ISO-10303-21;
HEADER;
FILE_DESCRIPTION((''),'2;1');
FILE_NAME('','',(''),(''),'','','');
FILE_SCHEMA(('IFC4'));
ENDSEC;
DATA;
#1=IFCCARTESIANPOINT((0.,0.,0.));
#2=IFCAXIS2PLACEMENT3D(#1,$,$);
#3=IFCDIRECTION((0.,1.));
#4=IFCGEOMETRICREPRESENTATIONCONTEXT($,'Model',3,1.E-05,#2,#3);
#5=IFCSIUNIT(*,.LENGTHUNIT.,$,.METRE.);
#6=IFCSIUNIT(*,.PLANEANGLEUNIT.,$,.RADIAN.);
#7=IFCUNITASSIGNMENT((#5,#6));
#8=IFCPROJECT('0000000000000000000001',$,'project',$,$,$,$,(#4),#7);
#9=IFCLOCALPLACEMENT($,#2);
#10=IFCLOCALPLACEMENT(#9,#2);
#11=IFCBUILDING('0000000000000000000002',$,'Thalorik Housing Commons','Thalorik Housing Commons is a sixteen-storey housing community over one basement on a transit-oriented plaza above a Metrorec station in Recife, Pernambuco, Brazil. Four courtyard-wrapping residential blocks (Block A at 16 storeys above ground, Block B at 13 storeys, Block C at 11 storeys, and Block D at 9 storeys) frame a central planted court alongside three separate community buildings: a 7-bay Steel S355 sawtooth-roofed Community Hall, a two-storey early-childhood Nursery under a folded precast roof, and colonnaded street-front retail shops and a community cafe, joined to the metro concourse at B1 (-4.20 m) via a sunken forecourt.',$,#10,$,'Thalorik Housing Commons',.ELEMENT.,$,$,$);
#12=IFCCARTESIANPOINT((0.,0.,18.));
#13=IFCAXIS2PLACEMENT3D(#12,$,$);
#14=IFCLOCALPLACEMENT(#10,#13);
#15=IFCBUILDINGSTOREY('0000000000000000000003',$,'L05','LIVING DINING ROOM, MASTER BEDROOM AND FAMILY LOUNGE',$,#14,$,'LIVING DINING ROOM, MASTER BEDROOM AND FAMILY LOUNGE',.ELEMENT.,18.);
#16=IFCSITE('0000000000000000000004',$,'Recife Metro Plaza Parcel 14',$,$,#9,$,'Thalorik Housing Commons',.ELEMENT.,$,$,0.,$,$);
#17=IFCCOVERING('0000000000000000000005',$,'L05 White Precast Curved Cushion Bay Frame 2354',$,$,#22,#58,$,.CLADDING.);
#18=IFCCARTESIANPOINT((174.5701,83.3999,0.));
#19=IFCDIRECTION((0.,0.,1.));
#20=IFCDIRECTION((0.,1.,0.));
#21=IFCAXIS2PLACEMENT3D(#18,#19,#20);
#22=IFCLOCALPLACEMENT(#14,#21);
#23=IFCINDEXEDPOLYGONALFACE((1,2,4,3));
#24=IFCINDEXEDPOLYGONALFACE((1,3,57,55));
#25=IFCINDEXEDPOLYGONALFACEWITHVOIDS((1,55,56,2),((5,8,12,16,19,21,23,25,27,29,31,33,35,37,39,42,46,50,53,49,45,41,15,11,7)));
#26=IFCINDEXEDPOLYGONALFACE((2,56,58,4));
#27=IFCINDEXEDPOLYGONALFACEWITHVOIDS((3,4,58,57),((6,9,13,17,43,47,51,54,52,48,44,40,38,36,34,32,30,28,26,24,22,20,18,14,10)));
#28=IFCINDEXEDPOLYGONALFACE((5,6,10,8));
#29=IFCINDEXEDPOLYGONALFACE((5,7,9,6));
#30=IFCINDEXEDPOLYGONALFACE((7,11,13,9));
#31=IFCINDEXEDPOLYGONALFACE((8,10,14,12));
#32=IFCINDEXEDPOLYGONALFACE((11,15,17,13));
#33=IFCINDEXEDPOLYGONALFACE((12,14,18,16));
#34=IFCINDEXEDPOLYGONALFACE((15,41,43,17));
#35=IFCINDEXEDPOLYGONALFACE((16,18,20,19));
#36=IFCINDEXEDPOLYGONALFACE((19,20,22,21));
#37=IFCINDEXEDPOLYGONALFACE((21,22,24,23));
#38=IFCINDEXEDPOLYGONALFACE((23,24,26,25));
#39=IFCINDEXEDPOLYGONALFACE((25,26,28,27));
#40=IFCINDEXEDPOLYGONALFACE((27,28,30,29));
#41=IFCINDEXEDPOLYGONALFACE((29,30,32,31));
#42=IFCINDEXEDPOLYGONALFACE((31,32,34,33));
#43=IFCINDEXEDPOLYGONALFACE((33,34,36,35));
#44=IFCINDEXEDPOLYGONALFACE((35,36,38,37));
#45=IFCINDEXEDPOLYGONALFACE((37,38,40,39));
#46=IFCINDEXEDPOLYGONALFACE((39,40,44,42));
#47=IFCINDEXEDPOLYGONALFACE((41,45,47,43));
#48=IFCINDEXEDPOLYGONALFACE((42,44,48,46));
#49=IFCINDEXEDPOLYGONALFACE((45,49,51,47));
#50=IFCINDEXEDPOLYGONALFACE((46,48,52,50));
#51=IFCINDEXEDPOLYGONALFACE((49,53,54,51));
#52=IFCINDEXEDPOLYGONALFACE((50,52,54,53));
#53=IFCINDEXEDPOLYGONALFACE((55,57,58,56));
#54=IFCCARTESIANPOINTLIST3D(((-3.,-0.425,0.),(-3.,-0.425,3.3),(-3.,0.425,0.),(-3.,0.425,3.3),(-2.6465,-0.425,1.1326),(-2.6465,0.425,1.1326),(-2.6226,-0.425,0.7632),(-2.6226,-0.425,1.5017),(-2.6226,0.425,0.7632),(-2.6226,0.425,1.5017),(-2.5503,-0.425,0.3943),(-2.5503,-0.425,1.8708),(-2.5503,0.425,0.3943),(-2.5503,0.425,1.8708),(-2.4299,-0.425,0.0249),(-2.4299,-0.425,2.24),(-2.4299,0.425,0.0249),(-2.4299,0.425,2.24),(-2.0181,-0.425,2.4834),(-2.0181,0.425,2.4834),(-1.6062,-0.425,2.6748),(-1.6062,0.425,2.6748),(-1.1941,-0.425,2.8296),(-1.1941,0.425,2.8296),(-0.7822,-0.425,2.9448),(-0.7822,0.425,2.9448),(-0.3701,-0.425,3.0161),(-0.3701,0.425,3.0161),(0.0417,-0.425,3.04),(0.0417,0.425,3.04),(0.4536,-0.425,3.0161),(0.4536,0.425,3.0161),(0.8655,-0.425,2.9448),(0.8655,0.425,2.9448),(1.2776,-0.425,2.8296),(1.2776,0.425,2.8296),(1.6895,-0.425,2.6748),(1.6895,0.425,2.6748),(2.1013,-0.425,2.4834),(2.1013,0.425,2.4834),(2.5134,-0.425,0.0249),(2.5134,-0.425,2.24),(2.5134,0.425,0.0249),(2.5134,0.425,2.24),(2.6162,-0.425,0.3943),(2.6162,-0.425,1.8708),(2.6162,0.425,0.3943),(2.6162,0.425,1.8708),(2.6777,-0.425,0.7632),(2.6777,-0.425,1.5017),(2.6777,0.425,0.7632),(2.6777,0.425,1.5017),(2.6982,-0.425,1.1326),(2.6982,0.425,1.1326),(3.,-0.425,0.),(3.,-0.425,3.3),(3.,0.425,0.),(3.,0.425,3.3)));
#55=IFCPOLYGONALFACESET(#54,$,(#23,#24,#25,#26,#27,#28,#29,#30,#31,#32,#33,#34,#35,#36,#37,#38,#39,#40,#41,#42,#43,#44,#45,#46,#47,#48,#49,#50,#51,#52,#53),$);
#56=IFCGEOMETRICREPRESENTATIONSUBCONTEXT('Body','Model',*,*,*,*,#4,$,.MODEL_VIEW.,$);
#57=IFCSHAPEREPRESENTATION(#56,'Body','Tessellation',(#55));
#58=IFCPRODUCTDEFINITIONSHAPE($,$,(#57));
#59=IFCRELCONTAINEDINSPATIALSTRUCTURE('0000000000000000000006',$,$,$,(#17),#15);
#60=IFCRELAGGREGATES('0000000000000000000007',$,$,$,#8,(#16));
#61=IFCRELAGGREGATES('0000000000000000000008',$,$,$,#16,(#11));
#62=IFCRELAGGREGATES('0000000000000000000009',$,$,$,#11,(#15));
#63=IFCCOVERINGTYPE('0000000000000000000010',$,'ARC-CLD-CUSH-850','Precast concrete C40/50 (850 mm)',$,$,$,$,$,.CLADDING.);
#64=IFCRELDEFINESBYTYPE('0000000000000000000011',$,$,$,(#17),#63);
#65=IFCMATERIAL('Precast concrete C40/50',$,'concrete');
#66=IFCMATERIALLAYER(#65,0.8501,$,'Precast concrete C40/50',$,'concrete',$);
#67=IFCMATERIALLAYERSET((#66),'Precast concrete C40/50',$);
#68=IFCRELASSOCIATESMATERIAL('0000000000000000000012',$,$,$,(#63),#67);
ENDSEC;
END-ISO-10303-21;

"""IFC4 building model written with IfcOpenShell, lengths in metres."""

from ifc_helpers import new_model, si_unit, direction, frame, origin, place, context, subcontext, project, spatial, polyline, outline, extrude, material, layer, layer_set, type_object, element, save


model = new_model("IFC4")

# Units and contexts
model_context = context("Model", 3, precision=1e-05, world=origin(), true_north=direction((0.0, 1.0)))
body_context = subcontext(model_context, "Body", "Model", "MODEL_VIEW")
ifc_project = project(units=[si_unit("LENGTHUNIT", "METRE"), si_unit("PLANEANGLEUNIT", "RADIAN")], contexts=[model_context])

# Site, building, storey
site_placement = place(None, origin())
site = spatial("IfcSite", under=ifc_project, at=site_placement, Name="Recife Metro Plaza Parcel 14", LongName="Thalorik Housing Commons", CompositionType="ELEMENT", RefElevation=0.0)
building_placement = place(site_placement, origin())
building = spatial("IfcBuilding", under=site, at=building_placement, Name="Thalorik Housing Commons", Description="Thalorik Housing Commons is a sixteen-storey housing community over one basement on a transit-oriented plaza above a Metrorec station in Recife, Pernambuco, Brazil. Four courtyard-wrapping residential blocks (Block A at 16 storeys above ground, Block B at 13 storeys, Block C at 11 storeys, and Block D at 9 storeys) frame a central planted court alongside three separate community buildings: a 7-bay Steel S355 sawtooth-roofed Community Hall, a two-storey early-childhood Nursery under a folded precast roof, and colonnaded street-front retail shops and a community cafe, joined to the metro concourse at B1 (-4.20 m) via a sunken forecourt.", LongName="Thalorik Housing Commons", CompositionType="ELEMENT")
storey_placement = place(building_placement, frame((0.0, 0.0, 18.0)))
storey = spatial("IfcBuildingStorey", under=building, at=storey_placement, Name="L05", Description="LIVING DINING ROOM, MASTER BEDROOM AND FAMILY LOUNGE", LongName="LIVING DINING ROOM, MASTER BEDROOM AND FAMILY LOUNGE", CompositionType="ELEMENT", Elevation=18.0)

# Shared definitions
ifc_material_1 = material(Name="Precast concrete C40/50", Category="concrete")

# Covering
ifc_layer_1 = layer(ifc_material_1, 0.8501, Name="Precast concrete C40/50", Category="concrete")
ifc_layer_set_1 = layer_set([ifc_layer_1], Name="Precast concrete C40/50")
covering_type_1 = type_object("IfcCoveringType", Name="ARC-CLD-CUSH-850", Description="Precast concrete C40/50 (850 mm)", PredefinedType="CLADDING", material=ifc_layer_set_1)
covering_1_placement = place(storey_placement, frame((174.5701, 83.3999, 0.0), z_axis=(0.0, 0.0, 1.0), x_axis=(0.0, 1.0, 0.0)))
element("IfcCovering", 1, at=covering_1_placement, inside=storey, type_object=covering_type_1, Name="L05 White Precast Curved Cushion Bay Frame 2354", PredefinedType="CLADDING", context=body_context, shape_type="SweptSolid", body=[
    extrude(outline(polyline([(-3.0, 0.0), (3.0, 0.0), (3.0, 3.3), (-3.0, 3.3), (-3.0, 0.0)]), holes=[polyline([(2.5134, 0.0249), (2.6162, 0.3943), (2.6777, 0.7632), (2.6982, 1.1326), (2.6777, 1.5017), (2.6162, 1.8708), (2.5134, 2.24), (2.1013, 2.4834), (1.6895, 2.6748), (1.2776, 2.8296), (0.8655, 2.9448), (0.4536, 3.0161), (0.0417, 3.04), (-0.3701, 3.0161), (-0.7822, 2.9448), (-1.1941, 2.8296), (-1.6062, 2.6748), (-2.0181, 2.4834), (-2.4299, 2.24), (-2.5503, 1.8708), (-2.6226, 1.5017), (-2.6465, 1.1326), (-2.6226, 0.7632), (-2.5503, 0.3943), (-2.4299, 0.0249), (2.5134, 0.0249)])]), frame((0.0, 0.425, 0.0), z_axis=(0.0, -1.0, 0.0), x_axis=(1.0, 0.0, 0.0)), (0.0, 0.0, 1.0), 0.8501),
])

save(model, "model.ifc")
